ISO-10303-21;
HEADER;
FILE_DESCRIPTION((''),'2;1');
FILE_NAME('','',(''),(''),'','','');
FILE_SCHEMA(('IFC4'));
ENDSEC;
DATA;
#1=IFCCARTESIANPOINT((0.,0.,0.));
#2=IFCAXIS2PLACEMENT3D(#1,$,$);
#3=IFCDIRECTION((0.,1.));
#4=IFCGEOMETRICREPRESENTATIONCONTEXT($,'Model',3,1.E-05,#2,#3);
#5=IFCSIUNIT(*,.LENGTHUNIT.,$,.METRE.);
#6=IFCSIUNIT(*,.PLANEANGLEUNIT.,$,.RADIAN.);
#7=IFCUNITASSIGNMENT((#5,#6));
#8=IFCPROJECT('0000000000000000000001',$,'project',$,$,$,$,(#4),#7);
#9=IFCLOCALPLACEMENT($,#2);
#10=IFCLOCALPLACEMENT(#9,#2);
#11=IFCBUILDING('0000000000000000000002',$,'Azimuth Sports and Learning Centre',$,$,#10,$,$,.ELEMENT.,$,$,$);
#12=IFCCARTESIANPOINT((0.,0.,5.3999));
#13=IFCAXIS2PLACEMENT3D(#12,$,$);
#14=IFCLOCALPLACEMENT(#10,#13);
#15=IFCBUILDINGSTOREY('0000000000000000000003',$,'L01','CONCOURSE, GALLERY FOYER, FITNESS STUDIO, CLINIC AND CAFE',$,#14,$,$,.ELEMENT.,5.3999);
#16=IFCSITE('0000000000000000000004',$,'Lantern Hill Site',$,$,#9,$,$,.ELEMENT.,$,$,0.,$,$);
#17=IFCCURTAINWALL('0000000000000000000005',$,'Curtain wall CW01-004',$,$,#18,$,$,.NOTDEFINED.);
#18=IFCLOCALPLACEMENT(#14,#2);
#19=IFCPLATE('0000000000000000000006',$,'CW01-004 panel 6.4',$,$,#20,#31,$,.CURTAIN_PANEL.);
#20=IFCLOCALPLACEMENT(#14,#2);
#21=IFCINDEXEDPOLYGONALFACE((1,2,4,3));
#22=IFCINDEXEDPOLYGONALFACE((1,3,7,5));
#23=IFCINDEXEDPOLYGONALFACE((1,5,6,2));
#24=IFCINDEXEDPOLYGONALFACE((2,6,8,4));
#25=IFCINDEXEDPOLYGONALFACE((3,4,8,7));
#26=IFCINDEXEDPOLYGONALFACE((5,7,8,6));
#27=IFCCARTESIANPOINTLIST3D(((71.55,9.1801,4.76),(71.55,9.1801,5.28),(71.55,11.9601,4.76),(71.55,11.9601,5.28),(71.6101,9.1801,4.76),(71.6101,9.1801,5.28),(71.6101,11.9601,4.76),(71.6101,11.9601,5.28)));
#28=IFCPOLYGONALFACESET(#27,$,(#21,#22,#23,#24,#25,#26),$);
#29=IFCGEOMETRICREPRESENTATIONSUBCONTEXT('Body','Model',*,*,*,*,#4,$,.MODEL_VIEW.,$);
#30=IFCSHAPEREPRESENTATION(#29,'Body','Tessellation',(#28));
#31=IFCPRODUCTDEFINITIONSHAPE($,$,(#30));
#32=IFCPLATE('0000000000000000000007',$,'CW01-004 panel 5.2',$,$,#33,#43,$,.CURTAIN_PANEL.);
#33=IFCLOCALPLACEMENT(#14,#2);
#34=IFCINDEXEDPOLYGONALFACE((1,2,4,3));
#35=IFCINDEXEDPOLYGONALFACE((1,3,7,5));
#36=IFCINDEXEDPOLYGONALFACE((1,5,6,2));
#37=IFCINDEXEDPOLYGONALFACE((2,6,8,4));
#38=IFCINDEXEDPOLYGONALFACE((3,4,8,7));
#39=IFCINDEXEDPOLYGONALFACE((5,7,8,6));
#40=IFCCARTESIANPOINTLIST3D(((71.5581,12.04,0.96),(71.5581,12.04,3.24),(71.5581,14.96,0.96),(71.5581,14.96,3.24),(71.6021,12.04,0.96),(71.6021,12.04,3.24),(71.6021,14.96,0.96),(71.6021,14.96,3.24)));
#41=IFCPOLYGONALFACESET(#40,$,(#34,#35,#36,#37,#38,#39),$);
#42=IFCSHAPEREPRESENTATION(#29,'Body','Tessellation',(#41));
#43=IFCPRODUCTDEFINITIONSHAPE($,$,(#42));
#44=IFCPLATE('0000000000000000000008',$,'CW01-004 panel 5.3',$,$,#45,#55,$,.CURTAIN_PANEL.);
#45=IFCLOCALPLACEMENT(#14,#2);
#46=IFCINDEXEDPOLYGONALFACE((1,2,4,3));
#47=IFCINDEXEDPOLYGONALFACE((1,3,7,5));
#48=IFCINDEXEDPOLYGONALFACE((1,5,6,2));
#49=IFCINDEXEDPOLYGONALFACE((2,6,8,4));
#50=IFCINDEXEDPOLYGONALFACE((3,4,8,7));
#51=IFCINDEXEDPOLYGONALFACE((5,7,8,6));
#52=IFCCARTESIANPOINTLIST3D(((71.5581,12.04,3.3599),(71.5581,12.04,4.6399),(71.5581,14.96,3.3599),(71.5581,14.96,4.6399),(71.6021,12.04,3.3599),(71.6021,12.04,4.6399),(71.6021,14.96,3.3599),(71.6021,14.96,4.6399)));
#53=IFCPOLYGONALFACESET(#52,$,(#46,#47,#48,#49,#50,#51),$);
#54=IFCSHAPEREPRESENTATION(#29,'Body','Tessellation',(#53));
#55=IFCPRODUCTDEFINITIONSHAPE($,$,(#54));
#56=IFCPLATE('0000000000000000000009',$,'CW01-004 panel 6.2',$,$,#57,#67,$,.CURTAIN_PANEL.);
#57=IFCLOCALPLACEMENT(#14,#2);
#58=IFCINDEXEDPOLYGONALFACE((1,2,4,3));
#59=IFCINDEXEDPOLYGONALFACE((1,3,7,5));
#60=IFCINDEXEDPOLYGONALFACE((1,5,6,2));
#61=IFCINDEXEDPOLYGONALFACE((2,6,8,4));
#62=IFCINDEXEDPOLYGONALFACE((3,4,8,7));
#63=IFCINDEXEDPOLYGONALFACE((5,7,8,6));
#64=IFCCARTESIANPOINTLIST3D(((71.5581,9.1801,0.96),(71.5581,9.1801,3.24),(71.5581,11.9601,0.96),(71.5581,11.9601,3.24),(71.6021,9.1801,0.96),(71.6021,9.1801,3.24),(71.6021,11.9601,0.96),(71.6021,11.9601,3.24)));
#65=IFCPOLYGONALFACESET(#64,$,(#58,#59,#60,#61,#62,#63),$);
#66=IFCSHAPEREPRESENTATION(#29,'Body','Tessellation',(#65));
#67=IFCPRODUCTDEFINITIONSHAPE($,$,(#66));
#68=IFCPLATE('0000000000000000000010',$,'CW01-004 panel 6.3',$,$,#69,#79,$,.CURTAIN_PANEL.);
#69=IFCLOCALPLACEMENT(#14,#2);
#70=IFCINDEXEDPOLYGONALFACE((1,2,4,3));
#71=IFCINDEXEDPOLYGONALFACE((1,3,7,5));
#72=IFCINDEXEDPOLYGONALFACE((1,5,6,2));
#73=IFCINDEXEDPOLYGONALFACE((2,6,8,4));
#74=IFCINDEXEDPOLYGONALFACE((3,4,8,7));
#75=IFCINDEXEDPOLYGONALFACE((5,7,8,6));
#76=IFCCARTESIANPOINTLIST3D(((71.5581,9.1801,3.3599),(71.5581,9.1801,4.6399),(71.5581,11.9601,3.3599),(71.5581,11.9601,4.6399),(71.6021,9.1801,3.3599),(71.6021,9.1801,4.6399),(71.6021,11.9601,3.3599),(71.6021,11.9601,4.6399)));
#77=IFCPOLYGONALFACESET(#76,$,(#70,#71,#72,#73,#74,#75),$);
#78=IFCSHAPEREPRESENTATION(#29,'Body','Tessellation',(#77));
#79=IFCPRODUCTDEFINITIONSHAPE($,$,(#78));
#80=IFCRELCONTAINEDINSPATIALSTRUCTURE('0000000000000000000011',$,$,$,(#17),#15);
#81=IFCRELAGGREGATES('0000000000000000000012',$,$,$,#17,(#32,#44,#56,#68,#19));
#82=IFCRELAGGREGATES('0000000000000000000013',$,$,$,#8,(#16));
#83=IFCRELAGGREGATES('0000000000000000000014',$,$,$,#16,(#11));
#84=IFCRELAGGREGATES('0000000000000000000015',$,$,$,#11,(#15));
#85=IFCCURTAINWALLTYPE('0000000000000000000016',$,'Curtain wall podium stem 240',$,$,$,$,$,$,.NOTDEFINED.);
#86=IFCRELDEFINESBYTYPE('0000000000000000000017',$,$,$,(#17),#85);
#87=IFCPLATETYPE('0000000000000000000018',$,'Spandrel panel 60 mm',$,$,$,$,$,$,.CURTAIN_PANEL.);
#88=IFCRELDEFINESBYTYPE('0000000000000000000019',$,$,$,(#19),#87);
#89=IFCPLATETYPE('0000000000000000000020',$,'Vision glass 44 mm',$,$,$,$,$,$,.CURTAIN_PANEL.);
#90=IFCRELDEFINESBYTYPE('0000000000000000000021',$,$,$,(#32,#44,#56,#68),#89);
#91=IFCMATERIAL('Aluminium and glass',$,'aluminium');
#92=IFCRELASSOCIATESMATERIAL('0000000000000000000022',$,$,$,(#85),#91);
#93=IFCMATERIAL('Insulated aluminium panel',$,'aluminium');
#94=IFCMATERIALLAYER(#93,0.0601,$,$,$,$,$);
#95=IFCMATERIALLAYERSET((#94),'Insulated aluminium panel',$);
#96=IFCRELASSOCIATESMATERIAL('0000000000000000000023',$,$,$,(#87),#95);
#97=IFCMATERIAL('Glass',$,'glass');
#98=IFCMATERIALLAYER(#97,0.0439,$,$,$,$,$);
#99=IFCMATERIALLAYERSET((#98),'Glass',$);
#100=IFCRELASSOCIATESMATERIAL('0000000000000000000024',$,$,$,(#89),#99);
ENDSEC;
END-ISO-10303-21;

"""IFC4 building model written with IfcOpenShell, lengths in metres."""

from ifc_helpers import new_model, si_unit, direction, frame, origin, origin_2d, place, context, subcontext, project, spatial, rectangle, extrude, material, layer, layer_set, type_object, element, aggregate, save


model = new_model("IFC4")

# Units and contexts
model_context = context("Model", 3, precision=1e-05, world=origin(), true_north=direction((0.0, 1.0)))
body_context = subcontext(model_context, "Body", "Model", "MODEL_VIEW")
ifc_project = project(units=[si_unit("LENGTHUNIT", "METRE"), si_unit("PLANEANGLEUNIT", "RADIAN")], contexts=[model_context])

# Site, building, storey
site_placement = place(None, origin())
site = spatial("IfcSite", under=ifc_project, at=site_placement, Name="Lantern Hill Site", CompositionType="ELEMENT", RefElevation=0.0)
building_placement = place(site_placement, origin())
building = spatial("IfcBuilding", under=site, at=building_placement, Name="Azimuth Sports and Learning Centre", CompositionType="ELEMENT")
storey_placement = place(building_placement, frame((0.0, 0.0, 5.3999)))
storey = spatial("IfcBuildingStorey", under=building, at=storey_placement, Name="L01", Description="CONCOURSE, GALLERY FOYER, FITNESS STUDIO, CLINIC AND CAFE", CompositionType="ELEMENT", Elevation=5.3999)

# Curtain wall
ifc_material_1 = material(Name="Aluminium and glass", Category="aluminium")
curtain_wall_type = type_object("IfcCurtainWallType", Name="Curtain wall podium stem 240", PredefinedType="NOTDEFINED", material=ifc_material_1)
curtain_wall_placement = place(storey_placement, origin())
curtain_wall = element("IfcCurtainWall", 1, at=curtain_wall_placement, inside=storey, type_object=curtain_wall_type, Name="Curtain wall CW01-004", PredefinedType="NOTDEFINED")

# Plates
ifc_material_2 = material(Name="Insulated aluminium panel", Category="aluminium")
ifc_layer_1 = layer(ifc_material_2, 0.0601)
ifc_layer_set_1 = layer_set([ifc_layer_1], Name="Insulated aluminium panel")
plate_type_1 = type_object("IfcPlateType", Name="Spandrel panel 60 mm", PredefinedType="CURTAIN_PANEL", material=ifc_layer_set_1)
plate_1_placement = place(storey_placement, frame((71.5801, 10.5701, 4.76), z_axis=(0.0, 0.0, 1.0), x_axis=(0.0, -1.0, 0.0)))
plate_1 = element("IfcPlate", 2, at=plate_1_placement, type_object=plate_type_1, Name="CW01-004 panel 6.4", PredefinedType="CURTAIN_PANEL", context=body_context, shape_type="SweptSolid", body=[
    extrude(rectangle(XDim=2.78, YDim=0.0601, at=origin_2d()), origin(), (0.0, 0.0, 1.0), 0.52),
])
ifc_material_3 = material(Name="Glass", Category="glass")
ifc_layer_2 = layer(ifc_material_3, 0.0439)
ifc_layer_set_2 = layer_set([ifc_layer_2], Name="Glass")
plate_type_2 = type_object("IfcPlateType", Name="Vision glass 44 mm", PredefinedType="CURTAIN_PANEL", material=ifc_layer_set_2)
plate_2_placement = place(storey_placement, frame((71.5801, 13.5, 0.96), z_axis=(0.0, 0.0, 1.0), x_axis=(0.0, -1.0, 0.0)))
plate_2 = element("IfcPlate", 3, at=plate_2_placement, type_object=plate_type_2, Name="CW01-004 panel 5.2", PredefinedType="CURTAIN_PANEL", context=body_context, shape_type="SweptSolid", body=[
    extrude(rectangle(XDim=2.9199, YDim=0.0439, at=origin_2d()), origin(), (0.0, 0.0, 1.0), 2.28),
])
plate_3_placement = place(storey_placement, frame((71.5801, 13.5, 3.3599), z_axis=(0.0, 0.0, 1.0), x_axis=(0.0, -1.0, 0.0)))
plate_3 = element("IfcPlate", 4, at=plate_3_placement, type_object=plate_type_2, Name="CW01-004 panel 5.3", PredefinedType="CURTAIN_PANEL", context=body_context, shape_type="SweptSolid", body=[
    extrude(rectangle(XDim=2.9199, YDim=0.0439, at=origin_2d()), origin(), (0.0, 0.0, 1.0), 1.28),
])
plate_4_placement = place(storey_placement, frame((71.5801, 10.5701, 0.96), z_axis=(0.0, 0.0, 1.0), x_axis=(0.0, -1.0, 0.0)))
plate_4 = element("IfcPlate", 5, at=plate_4_placement, type_object=plate_type_2, Name="CW01-004 panel 6.2", PredefinedType="CURTAIN_PANEL", context=body_context, shape_type="SweptSolid", body=[
    extrude(rectangle(XDim=2.78, YDim=0.0439, at=origin_2d()), origin(), (0.0, 0.0, 1.0), 2.28),
])
plate_5_placement = place(storey_placement, frame((71.5801, 10.5701, 3.3599), z_axis=(0.0, 0.0, 1.0), x_axis=(0.0, -1.0, 0.0)))
plate_5 = element("IfcPlate", 6, at=plate_5_placement, type_object=plate_type_2, Name="CW01-004 panel 6.3", PredefinedType="CURTAIN_PANEL", context=body_context, shape_type="SweptSolid", body=[
    extrude(rectangle(XDim=2.78, YDim=0.0439, at=origin_2d()), origin(), (0.0, 0.0, 1.0), 1.28),
])
aggregate(curtain_wall, [plate_2, plate_3, plate_4, plate_5, plate_1])

save(model, "model.ifc")
